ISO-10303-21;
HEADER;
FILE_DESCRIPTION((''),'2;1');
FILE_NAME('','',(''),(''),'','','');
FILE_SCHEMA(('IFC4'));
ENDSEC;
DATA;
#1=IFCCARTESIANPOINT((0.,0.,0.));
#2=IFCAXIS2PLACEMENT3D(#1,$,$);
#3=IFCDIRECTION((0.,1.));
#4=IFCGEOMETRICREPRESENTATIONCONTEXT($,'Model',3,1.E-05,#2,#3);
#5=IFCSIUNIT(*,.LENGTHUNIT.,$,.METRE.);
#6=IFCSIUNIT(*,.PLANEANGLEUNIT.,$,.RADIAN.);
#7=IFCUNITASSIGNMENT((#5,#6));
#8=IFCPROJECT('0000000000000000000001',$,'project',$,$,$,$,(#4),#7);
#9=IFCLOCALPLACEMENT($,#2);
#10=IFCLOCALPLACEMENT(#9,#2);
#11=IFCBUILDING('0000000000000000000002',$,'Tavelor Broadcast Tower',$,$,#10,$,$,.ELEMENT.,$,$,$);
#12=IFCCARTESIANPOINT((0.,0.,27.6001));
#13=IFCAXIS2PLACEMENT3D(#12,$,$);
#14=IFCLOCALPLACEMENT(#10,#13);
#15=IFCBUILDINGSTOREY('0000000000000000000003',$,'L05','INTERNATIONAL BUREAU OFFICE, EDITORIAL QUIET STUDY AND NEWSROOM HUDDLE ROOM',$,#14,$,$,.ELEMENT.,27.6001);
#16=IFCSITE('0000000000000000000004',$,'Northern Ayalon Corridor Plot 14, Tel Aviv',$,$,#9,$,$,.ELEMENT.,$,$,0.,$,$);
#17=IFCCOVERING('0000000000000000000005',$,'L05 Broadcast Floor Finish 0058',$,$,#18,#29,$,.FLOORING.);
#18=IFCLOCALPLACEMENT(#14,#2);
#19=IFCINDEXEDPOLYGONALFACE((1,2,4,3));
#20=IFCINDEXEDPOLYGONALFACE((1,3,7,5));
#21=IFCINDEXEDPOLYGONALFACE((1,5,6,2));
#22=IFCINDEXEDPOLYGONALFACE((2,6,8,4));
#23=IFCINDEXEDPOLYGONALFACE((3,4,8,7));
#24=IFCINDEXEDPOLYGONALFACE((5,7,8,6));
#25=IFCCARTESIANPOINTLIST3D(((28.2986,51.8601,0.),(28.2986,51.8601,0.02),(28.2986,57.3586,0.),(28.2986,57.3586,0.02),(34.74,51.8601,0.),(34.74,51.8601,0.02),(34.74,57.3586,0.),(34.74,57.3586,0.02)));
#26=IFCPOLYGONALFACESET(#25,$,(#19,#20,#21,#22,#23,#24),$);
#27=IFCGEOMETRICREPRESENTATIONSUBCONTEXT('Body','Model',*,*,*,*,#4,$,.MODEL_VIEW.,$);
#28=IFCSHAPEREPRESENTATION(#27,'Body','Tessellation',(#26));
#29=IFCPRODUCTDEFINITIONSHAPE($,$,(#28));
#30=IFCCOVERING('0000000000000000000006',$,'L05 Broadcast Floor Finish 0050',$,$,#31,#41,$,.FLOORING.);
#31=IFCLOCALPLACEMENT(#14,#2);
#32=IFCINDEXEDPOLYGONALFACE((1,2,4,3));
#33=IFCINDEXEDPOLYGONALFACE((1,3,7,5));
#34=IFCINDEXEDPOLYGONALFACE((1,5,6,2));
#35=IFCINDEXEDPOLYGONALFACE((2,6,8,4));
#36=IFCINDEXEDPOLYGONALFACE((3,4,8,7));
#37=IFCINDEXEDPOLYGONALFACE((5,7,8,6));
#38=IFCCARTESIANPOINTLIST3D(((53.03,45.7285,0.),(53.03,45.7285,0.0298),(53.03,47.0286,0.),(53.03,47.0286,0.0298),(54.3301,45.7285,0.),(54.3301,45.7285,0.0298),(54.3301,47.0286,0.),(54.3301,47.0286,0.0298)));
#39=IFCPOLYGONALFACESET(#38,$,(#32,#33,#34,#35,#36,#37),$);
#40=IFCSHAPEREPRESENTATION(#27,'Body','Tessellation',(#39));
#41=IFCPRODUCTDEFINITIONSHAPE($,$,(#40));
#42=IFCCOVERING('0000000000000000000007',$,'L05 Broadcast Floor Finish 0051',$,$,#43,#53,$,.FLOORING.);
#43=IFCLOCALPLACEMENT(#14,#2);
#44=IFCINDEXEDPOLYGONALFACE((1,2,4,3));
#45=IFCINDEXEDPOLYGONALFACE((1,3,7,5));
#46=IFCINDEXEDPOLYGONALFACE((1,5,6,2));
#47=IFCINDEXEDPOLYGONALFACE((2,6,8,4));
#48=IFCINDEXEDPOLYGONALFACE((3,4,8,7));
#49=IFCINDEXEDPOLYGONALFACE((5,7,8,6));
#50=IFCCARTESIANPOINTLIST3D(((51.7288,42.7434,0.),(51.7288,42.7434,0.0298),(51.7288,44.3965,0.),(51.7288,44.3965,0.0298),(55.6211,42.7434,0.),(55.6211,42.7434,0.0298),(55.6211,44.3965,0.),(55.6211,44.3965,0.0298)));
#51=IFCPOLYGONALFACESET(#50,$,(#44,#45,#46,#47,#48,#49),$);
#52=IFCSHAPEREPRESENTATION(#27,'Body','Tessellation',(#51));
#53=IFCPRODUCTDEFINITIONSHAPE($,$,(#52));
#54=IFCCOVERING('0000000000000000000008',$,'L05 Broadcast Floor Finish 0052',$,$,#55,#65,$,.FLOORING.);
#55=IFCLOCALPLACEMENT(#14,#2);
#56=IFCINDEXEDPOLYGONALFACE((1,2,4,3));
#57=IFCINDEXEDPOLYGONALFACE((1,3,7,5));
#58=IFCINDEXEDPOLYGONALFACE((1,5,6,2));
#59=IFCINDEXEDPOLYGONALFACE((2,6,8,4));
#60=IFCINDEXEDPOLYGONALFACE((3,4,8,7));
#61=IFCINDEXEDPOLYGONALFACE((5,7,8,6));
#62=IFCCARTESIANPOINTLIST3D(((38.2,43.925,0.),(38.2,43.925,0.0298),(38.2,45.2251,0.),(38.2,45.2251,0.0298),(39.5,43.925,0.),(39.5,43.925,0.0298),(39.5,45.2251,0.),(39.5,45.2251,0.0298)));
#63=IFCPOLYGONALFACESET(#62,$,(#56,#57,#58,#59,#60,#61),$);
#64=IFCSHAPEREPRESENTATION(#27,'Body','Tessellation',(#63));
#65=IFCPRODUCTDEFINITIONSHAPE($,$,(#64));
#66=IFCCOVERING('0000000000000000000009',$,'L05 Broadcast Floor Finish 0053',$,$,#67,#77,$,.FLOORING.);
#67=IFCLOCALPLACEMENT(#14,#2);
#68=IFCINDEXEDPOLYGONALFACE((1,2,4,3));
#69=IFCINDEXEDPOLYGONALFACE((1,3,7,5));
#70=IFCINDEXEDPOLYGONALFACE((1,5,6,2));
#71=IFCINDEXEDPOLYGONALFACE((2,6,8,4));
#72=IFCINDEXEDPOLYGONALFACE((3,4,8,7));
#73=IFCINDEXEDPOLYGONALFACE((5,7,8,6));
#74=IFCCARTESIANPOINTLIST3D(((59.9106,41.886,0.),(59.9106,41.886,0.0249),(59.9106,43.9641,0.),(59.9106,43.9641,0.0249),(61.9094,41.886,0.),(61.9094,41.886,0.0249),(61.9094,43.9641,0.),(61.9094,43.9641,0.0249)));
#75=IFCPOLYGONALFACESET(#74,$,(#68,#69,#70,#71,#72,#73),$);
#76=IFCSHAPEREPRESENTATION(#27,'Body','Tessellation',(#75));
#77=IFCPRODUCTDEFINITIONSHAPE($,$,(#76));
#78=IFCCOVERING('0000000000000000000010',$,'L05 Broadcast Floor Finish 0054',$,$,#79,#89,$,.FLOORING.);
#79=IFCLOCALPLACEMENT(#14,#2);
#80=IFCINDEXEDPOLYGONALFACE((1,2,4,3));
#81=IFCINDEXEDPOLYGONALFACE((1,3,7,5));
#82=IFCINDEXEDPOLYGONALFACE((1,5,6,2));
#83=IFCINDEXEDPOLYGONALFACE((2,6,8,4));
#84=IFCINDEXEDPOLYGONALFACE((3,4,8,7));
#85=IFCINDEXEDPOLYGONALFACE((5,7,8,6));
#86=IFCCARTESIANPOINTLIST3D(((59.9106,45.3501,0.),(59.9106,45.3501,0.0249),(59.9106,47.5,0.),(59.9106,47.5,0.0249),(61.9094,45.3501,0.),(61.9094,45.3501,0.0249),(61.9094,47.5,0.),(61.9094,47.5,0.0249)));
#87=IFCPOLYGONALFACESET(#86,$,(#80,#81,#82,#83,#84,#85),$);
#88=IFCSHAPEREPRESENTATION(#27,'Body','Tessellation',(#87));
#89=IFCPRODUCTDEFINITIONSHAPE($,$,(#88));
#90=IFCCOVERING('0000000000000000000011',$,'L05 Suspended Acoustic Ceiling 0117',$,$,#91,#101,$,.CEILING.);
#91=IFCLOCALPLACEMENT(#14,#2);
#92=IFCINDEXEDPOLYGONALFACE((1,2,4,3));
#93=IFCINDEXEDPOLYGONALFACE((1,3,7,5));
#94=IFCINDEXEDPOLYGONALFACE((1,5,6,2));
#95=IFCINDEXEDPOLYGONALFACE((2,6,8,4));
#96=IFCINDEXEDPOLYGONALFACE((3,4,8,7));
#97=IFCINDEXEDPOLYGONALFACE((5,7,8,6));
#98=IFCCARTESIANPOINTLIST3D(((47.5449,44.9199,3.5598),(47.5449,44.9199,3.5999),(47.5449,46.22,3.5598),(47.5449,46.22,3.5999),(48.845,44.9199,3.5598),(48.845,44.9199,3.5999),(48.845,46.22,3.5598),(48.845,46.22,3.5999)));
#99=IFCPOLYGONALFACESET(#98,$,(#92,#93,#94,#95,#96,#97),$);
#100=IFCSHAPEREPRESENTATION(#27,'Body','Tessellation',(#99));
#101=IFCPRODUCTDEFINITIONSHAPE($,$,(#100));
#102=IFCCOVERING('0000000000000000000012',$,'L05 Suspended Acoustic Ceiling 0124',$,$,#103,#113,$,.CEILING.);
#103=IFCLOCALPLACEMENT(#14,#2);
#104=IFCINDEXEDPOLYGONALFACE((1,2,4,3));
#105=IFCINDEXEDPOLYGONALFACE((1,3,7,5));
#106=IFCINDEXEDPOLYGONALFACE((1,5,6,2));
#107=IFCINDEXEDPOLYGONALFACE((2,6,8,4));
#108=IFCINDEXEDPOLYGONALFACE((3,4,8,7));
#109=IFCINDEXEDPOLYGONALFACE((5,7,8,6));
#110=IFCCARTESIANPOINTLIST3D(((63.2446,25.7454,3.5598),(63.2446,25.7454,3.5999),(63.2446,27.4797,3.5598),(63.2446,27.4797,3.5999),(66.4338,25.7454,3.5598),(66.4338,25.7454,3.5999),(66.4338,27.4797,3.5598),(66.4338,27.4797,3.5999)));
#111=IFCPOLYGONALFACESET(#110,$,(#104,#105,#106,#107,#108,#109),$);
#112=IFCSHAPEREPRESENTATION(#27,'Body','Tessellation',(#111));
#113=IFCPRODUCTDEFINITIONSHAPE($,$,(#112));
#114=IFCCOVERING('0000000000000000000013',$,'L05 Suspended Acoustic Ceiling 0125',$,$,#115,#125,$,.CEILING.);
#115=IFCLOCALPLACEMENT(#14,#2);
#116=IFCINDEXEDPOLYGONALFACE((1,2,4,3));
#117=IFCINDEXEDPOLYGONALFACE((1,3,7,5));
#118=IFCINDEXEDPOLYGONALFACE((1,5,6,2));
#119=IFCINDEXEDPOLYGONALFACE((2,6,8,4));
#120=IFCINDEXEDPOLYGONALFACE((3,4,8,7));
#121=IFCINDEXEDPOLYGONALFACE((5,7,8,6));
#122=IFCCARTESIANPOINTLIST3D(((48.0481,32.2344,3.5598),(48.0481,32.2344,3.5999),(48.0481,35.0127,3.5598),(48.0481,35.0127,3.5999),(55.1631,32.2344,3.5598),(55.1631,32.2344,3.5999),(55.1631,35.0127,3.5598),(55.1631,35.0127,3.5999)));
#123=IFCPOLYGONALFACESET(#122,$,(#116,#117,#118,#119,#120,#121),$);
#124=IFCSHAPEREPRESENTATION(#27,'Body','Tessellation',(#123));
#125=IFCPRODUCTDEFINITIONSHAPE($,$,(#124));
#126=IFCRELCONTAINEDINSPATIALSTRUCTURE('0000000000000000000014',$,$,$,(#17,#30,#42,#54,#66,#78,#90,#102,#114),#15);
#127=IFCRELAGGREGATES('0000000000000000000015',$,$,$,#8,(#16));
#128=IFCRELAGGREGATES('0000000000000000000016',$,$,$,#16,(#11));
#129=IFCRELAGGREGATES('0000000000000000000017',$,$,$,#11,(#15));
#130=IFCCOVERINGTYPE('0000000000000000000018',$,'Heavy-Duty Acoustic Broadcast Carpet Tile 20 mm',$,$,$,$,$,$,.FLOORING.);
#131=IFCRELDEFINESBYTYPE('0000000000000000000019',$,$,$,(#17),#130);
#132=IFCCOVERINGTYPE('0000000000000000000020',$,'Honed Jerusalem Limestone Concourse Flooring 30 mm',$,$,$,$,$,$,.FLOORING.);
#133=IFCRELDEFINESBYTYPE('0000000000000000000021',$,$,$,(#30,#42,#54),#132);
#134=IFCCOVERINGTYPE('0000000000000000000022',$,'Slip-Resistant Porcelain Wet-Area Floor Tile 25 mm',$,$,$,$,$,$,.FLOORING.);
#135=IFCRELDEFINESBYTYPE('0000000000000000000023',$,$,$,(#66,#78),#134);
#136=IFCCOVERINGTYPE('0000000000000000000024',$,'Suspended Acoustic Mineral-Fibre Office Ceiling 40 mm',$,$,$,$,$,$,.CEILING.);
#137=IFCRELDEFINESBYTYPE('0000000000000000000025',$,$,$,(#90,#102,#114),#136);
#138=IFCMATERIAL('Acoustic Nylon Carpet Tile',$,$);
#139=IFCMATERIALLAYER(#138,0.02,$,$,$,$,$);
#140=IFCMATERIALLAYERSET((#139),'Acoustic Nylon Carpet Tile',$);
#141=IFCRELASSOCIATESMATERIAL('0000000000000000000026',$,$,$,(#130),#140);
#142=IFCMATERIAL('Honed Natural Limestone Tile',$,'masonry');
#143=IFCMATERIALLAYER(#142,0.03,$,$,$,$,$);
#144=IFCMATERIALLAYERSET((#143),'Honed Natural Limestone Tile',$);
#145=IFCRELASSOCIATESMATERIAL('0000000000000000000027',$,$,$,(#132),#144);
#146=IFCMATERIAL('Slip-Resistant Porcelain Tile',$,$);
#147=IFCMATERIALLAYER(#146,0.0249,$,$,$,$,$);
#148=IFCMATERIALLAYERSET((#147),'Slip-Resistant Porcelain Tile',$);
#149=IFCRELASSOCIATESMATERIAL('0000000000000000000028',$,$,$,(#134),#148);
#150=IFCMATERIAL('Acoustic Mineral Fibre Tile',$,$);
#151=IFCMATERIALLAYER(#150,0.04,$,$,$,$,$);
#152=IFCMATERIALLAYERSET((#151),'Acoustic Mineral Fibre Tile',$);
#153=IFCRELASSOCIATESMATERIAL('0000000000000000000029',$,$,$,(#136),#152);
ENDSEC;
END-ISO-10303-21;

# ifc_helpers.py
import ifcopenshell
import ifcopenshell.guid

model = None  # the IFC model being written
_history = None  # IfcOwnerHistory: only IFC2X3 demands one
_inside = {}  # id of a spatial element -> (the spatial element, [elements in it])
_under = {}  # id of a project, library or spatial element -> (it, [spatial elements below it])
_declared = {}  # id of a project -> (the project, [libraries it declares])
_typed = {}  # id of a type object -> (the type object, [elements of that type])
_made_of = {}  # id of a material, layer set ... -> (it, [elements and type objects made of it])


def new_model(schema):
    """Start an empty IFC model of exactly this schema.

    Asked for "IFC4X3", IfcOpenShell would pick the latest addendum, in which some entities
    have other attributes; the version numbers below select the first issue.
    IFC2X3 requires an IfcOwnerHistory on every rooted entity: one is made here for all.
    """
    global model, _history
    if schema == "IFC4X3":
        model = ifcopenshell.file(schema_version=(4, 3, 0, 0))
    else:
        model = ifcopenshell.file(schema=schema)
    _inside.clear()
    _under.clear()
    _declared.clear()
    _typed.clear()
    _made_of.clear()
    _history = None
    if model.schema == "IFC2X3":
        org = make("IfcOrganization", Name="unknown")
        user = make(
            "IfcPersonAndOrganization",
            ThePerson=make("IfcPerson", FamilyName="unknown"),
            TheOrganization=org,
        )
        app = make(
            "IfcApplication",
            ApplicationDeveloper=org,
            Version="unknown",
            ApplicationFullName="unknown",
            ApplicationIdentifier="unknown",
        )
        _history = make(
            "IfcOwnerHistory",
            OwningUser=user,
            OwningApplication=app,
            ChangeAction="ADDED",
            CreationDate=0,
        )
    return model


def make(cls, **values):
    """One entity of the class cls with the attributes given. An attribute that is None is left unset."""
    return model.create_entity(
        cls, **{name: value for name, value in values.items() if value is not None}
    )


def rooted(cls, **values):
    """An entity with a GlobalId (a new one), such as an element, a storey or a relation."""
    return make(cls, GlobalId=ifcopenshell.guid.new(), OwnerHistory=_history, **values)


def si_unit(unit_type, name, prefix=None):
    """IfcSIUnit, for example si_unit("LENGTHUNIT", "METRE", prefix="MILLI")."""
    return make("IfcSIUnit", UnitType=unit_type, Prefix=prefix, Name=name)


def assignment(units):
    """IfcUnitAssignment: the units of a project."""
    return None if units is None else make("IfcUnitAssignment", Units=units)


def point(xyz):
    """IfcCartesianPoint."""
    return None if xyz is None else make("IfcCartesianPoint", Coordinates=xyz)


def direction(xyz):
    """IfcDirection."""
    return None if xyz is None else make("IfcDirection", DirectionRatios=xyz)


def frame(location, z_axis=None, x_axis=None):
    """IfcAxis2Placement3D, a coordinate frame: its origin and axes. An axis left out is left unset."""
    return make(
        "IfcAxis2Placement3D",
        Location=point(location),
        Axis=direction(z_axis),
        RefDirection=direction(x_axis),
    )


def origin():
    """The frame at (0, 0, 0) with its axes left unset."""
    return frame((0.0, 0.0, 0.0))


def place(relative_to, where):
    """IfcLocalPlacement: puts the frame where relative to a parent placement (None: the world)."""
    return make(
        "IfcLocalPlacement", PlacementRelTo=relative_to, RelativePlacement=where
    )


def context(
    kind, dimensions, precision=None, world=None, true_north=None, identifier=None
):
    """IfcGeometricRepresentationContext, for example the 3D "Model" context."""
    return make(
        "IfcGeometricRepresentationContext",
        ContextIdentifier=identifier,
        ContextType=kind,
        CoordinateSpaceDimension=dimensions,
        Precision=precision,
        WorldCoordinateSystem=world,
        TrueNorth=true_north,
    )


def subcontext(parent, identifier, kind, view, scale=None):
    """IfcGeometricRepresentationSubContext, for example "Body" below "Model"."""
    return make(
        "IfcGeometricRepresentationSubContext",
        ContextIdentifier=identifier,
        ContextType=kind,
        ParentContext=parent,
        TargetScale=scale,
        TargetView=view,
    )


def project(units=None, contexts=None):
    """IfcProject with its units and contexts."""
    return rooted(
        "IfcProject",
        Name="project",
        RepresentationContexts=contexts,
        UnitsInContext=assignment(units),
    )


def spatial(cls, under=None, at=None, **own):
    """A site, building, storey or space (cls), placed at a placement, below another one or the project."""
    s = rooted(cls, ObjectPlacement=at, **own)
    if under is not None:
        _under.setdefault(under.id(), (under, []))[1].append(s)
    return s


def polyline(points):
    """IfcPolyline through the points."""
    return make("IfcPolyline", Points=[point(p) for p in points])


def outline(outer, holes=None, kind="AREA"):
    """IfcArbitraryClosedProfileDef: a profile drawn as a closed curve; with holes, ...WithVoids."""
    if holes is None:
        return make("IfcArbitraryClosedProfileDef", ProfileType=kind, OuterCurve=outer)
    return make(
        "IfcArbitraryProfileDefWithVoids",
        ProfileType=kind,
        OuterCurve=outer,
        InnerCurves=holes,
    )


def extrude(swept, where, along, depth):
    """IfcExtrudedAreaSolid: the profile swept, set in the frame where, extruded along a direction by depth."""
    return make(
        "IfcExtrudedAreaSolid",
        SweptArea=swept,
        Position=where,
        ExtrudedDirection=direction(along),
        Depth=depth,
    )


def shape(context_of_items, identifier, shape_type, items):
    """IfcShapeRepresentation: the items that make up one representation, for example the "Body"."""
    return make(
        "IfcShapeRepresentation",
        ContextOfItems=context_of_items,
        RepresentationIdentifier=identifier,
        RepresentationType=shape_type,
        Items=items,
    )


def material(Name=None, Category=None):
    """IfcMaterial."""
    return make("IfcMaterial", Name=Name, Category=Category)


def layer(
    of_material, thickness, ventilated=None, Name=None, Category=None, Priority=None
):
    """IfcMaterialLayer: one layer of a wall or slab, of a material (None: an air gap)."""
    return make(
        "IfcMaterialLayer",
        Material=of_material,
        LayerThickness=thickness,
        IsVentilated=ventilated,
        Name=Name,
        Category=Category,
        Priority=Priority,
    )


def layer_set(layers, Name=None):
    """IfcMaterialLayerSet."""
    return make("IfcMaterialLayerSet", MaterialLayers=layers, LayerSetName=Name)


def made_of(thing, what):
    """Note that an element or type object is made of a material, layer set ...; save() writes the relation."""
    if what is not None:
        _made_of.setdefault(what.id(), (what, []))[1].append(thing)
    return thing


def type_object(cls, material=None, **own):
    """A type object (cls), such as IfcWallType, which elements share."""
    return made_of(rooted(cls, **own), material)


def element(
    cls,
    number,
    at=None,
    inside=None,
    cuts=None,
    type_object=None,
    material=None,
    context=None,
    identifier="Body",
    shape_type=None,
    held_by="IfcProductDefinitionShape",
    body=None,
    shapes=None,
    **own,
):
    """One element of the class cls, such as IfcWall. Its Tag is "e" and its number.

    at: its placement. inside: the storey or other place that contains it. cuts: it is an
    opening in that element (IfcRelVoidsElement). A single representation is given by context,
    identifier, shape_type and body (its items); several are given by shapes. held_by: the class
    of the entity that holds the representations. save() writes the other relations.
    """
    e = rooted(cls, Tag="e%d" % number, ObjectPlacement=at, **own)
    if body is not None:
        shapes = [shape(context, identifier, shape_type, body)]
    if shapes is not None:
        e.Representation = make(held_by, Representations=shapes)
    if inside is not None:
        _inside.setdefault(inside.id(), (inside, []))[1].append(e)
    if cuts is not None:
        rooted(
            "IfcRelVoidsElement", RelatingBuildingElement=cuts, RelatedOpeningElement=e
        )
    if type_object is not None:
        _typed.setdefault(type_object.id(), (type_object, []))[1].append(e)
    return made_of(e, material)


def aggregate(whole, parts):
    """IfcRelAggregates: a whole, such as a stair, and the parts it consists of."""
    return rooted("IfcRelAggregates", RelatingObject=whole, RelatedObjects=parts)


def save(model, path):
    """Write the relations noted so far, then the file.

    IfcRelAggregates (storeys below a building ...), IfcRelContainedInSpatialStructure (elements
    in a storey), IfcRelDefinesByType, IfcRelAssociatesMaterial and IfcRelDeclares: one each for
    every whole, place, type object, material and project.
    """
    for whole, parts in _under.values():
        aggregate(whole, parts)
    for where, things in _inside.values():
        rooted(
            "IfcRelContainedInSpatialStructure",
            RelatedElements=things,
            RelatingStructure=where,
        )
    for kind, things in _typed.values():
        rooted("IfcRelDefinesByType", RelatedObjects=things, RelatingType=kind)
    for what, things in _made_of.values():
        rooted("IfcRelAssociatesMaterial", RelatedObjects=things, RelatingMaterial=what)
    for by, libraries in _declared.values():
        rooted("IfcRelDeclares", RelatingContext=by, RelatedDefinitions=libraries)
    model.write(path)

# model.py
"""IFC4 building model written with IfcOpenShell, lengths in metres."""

from ifc_helpers import new_model, si_unit, direction, frame, origin, place, context, subcontext, project, spatial, polyline, outline, extrude, material, layer, layer_set, type_object, element, save


model = new_model("IFC4")

# Units and contexts
model_context = context("Model", 3, precision=1e-05, world=origin(), true_north=direction((0.0, 1.0)))
body_context = subcontext(model_context, "Body", "Model", "MODEL_VIEW")
ifc_project = project(units=[si_unit("LENGTHUNIT", "METRE"), si_unit("PLANEANGLEUNIT", "RADIAN")], contexts=[model_context])

# Site, building, storey
site_placement = place(None, origin())
site = spatial("IfcSite", under=ifc_project, at=site_placement, Name="Northern Ayalon Corridor Plot 14, Tel Aviv", CompositionType="ELEMENT", RefElevation=0.0)
building_placement = place(site_placement, origin())
building = spatial("IfcBuilding", under=site, at=building_placement, Name="Tavelor Broadcast Tower", CompositionType="ELEMENT")
storey_placement = place(building_placement, frame((0.0, 0.0, 27.6001)))
storey = spatial("IfcBuildingStorey", under=building, at=storey_placement, Name="L05", Description="INTERNATIONAL BUREAU OFFICE, EDITORIAL QUIET STUDY AND NEWSROOM HUDDLE ROOM", CompositionType="ELEMENT", Elevation=27.6001)

# Coverings
ifc_material_1 = material(Name="Acoustic Nylon Carpet Tile")
ifc_layer_1 = layer(ifc_material_1, 0.02)
ifc_layer_set_1 = layer_set([ifc_layer_1], Name="Acoustic Nylon Carpet Tile")
covering_type_1 = type_object("IfcCoveringType", Name="Heavy-Duty Acoustic Broadcast Carpet Tile 20 mm", PredefinedType="FLOORING", material=ifc_layer_set_1)
covering_1_placement = place(storey_placement, origin())
element("IfcCovering", 1, at=covering_1_placement, inside=storey, type_object=covering_type_1, Name="L05 Broadcast Floor Finish 0058", PredefinedType="FLOORING", context=body_context, shape_type="SweptSolid", body=[
    extrude(outline(polyline([(28.2986, 51.8601), (34.74, 51.8601), (34.74, 57.3586), (28.2986, 57.3586), (28.2986, 51.8601)])), origin(), (0.0, 0.0, 1.0), 0.02),
])
ifc_material_2 = material(Name="Honed Natural Limestone Tile", Category="masonry")
ifc_layer_2 = layer(ifc_material_2, 0.03)
ifc_layer_set_2 = layer_set([ifc_layer_2], Name="Honed Natural Limestone Tile")
covering_type_2 = type_object("IfcCoveringType", Name="Honed Jerusalem Limestone Concourse Flooring 30 mm", PredefinedType="FLOORING", material=ifc_layer_set_2)
covering_2_placement = place(storey_placement, origin())
element("IfcCovering", 2, at=covering_2_placement, inside=storey, type_object=covering_type_2, Name="L05 Broadcast Floor Finish 0050", PredefinedType="FLOORING", context=body_context, shape_type="SweptSolid", body=[
    extrude(outline(polyline([(53.03, 45.7285), (54.3301, 45.7285), (54.3301, 47.0286), (53.03, 47.0286), (53.03, 45.7285)])), origin(), (0.0, 0.0, 1.0), 0.0298),
])
covering_3_placement = place(storey_placement, origin())
element("IfcCovering", 3, at=covering_3_placement, inside=storey, type_object=covering_type_2, Name="L05 Broadcast Floor Finish 0051", PredefinedType="FLOORING", context=body_context, shape_type="SweptSolid", body=[
    extrude(outline(polyline([(51.7288, 42.7434), (55.6211, 42.7434), (55.6211, 44.3965), (51.7288, 44.3965), (51.7288, 42.7434)])), origin(), (0.0, 0.0, 1.0), 0.0298),
])
covering_4_placement = place(storey_placement, origin())
element("IfcCovering", 4, at=covering_4_placement, inside=storey, type_object=covering_type_2, Name="L05 Broadcast Floor Finish 0052", PredefinedType="FLOORING", context=body_context, shape_type="SweptSolid", body=[
    extrude(outline(polyline([(38.2, 43.925), (39.5, 43.925), (39.5, 45.2251), (38.2, 45.2251), (38.2, 43.925)])), origin(), (0.0, 0.0, 1.0), 0.0298),
])
ifc_material_3 = material(Name="Slip-Resistant Porcelain Tile")
ifc_layer_3 = layer(ifc_material_3, 0.0249)
ifc_layer_set_3 = layer_set([ifc_layer_3], Name="Slip-Resistant Porcelain Tile")
covering_type_3 = type_object("IfcCoveringType", Name="Slip-Resistant Porcelain Wet-Area Floor Tile 25 mm", PredefinedType="FLOORING", material=ifc_layer_set_3)
covering_5_placement = place(storey_placement, origin())
element("IfcCovering", 5, at=covering_5_placement, inside=storey, type_object=covering_type_3, Name="L05 Broadcast Floor Finish 0053", PredefinedType="FLOORING", context=body_context, shape_type="SweptSolid", body=[
    extrude(outline(polyline([(59.9106, 41.886), (61.9094, 41.886), (61.9094, 43.9641), (59.9106, 43.9641), (59.9106, 41.886)])), origin(), (0.0, 0.0, 1.0), 0.0249),
])
covering_6_placement = place(storey_placement, origin())
element("IfcCovering", 6, at=covering_6_placement, inside=storey, type_object=covering_type_3, Name="L05 Broadcast Floor Finish 0054", PredefinedType="FLOORING", context=body_context, shape_type="SweptSolid", body=[
    extrude(outline(polyline([(59.9106, 45.3501), (61.9094, 45.3501), (61.9094, 47.5), (59.9106, 47.5), (59.9106, 45.3501)])), origin(), (0.0, 0.0, 1.0), 0.0249),
])
ifc_material_4 = material(Name="Acoustic Mineral Fibre Tile")
ifc_layer_4 = layer(ifc_material_4, 0.04)
ifc_layer_set_4 = layer_set([ifc_layer_4], Name="Acoustic Mineral Fibre Tile")
covering_type_4 = type_object("IfcCoveringType", Name="Suspended Acoustic Mineral-Fibre Office Ceiling 40 mm", PredefinedType="CEILING", material=ifc_layer_set_4)
covering_7_placement = place(storey_placement, frame((0.0, 0.0, 3.5598)))
element("IfcCovering", 7, at=covering_7_placement, inside=storey, type_object=covering_type_4, Name="L05 Suspended Acoustic Ceiling 0117", PredefinedType="CEILING", context=body_context, shape_type="SweptSolid", body=[
    extrude(outline(polyline([(47.5449, 44.9199), (48.845, 44.9199), (48.845, 46.22), (47.5449, 46.22), (47.5449, 44.9199)])), origin(), (0.0, 0.0, 1.0), 0.04),
])
covering_8_placement = place(storey_placement, frame((0.0, 0.0, 3.5598)))
element("IfcCovering", 8, at=covering_8_placement, inside=storey, type_object=covering_type_4, Name="L05 Suspended Acoustic Ceiling 0124", PredefinedType="CEILING", context=body_context, shape_type="SweptSolid", body=[
    extrude(outline(polyline([(63.2446, 25.7454), (66.4338, 25.7454), (66.4338, 27.4797), (63.2446, 27.4797), (63.2446, 25.7454)])), origin(), (0.0, 0.0, 1.0), 0.04),
])
covering_9_placement = place(storey_placement, frame((0.0, 0.0, 3.5598)))
element("IfcCovering", 9, at=covering_9_placement, inside=storey, type_object=covering_type_4, Name="L05 Suspended Acoustic Ceiling 0125", PredefinedType="CEILING", context=body_context, shape_type="SweptSolid", body=[
    extrude(outline(polyline([(48.0481, 32.2344), (55.1631, 32.2344), (55.1631, 35.0127), (48.0481, 35.0127), (48.0481, 32.2344)])), origin(), (0.0, 0.0, 1.0), 0.04),
])

save(model, "model.ifc")
